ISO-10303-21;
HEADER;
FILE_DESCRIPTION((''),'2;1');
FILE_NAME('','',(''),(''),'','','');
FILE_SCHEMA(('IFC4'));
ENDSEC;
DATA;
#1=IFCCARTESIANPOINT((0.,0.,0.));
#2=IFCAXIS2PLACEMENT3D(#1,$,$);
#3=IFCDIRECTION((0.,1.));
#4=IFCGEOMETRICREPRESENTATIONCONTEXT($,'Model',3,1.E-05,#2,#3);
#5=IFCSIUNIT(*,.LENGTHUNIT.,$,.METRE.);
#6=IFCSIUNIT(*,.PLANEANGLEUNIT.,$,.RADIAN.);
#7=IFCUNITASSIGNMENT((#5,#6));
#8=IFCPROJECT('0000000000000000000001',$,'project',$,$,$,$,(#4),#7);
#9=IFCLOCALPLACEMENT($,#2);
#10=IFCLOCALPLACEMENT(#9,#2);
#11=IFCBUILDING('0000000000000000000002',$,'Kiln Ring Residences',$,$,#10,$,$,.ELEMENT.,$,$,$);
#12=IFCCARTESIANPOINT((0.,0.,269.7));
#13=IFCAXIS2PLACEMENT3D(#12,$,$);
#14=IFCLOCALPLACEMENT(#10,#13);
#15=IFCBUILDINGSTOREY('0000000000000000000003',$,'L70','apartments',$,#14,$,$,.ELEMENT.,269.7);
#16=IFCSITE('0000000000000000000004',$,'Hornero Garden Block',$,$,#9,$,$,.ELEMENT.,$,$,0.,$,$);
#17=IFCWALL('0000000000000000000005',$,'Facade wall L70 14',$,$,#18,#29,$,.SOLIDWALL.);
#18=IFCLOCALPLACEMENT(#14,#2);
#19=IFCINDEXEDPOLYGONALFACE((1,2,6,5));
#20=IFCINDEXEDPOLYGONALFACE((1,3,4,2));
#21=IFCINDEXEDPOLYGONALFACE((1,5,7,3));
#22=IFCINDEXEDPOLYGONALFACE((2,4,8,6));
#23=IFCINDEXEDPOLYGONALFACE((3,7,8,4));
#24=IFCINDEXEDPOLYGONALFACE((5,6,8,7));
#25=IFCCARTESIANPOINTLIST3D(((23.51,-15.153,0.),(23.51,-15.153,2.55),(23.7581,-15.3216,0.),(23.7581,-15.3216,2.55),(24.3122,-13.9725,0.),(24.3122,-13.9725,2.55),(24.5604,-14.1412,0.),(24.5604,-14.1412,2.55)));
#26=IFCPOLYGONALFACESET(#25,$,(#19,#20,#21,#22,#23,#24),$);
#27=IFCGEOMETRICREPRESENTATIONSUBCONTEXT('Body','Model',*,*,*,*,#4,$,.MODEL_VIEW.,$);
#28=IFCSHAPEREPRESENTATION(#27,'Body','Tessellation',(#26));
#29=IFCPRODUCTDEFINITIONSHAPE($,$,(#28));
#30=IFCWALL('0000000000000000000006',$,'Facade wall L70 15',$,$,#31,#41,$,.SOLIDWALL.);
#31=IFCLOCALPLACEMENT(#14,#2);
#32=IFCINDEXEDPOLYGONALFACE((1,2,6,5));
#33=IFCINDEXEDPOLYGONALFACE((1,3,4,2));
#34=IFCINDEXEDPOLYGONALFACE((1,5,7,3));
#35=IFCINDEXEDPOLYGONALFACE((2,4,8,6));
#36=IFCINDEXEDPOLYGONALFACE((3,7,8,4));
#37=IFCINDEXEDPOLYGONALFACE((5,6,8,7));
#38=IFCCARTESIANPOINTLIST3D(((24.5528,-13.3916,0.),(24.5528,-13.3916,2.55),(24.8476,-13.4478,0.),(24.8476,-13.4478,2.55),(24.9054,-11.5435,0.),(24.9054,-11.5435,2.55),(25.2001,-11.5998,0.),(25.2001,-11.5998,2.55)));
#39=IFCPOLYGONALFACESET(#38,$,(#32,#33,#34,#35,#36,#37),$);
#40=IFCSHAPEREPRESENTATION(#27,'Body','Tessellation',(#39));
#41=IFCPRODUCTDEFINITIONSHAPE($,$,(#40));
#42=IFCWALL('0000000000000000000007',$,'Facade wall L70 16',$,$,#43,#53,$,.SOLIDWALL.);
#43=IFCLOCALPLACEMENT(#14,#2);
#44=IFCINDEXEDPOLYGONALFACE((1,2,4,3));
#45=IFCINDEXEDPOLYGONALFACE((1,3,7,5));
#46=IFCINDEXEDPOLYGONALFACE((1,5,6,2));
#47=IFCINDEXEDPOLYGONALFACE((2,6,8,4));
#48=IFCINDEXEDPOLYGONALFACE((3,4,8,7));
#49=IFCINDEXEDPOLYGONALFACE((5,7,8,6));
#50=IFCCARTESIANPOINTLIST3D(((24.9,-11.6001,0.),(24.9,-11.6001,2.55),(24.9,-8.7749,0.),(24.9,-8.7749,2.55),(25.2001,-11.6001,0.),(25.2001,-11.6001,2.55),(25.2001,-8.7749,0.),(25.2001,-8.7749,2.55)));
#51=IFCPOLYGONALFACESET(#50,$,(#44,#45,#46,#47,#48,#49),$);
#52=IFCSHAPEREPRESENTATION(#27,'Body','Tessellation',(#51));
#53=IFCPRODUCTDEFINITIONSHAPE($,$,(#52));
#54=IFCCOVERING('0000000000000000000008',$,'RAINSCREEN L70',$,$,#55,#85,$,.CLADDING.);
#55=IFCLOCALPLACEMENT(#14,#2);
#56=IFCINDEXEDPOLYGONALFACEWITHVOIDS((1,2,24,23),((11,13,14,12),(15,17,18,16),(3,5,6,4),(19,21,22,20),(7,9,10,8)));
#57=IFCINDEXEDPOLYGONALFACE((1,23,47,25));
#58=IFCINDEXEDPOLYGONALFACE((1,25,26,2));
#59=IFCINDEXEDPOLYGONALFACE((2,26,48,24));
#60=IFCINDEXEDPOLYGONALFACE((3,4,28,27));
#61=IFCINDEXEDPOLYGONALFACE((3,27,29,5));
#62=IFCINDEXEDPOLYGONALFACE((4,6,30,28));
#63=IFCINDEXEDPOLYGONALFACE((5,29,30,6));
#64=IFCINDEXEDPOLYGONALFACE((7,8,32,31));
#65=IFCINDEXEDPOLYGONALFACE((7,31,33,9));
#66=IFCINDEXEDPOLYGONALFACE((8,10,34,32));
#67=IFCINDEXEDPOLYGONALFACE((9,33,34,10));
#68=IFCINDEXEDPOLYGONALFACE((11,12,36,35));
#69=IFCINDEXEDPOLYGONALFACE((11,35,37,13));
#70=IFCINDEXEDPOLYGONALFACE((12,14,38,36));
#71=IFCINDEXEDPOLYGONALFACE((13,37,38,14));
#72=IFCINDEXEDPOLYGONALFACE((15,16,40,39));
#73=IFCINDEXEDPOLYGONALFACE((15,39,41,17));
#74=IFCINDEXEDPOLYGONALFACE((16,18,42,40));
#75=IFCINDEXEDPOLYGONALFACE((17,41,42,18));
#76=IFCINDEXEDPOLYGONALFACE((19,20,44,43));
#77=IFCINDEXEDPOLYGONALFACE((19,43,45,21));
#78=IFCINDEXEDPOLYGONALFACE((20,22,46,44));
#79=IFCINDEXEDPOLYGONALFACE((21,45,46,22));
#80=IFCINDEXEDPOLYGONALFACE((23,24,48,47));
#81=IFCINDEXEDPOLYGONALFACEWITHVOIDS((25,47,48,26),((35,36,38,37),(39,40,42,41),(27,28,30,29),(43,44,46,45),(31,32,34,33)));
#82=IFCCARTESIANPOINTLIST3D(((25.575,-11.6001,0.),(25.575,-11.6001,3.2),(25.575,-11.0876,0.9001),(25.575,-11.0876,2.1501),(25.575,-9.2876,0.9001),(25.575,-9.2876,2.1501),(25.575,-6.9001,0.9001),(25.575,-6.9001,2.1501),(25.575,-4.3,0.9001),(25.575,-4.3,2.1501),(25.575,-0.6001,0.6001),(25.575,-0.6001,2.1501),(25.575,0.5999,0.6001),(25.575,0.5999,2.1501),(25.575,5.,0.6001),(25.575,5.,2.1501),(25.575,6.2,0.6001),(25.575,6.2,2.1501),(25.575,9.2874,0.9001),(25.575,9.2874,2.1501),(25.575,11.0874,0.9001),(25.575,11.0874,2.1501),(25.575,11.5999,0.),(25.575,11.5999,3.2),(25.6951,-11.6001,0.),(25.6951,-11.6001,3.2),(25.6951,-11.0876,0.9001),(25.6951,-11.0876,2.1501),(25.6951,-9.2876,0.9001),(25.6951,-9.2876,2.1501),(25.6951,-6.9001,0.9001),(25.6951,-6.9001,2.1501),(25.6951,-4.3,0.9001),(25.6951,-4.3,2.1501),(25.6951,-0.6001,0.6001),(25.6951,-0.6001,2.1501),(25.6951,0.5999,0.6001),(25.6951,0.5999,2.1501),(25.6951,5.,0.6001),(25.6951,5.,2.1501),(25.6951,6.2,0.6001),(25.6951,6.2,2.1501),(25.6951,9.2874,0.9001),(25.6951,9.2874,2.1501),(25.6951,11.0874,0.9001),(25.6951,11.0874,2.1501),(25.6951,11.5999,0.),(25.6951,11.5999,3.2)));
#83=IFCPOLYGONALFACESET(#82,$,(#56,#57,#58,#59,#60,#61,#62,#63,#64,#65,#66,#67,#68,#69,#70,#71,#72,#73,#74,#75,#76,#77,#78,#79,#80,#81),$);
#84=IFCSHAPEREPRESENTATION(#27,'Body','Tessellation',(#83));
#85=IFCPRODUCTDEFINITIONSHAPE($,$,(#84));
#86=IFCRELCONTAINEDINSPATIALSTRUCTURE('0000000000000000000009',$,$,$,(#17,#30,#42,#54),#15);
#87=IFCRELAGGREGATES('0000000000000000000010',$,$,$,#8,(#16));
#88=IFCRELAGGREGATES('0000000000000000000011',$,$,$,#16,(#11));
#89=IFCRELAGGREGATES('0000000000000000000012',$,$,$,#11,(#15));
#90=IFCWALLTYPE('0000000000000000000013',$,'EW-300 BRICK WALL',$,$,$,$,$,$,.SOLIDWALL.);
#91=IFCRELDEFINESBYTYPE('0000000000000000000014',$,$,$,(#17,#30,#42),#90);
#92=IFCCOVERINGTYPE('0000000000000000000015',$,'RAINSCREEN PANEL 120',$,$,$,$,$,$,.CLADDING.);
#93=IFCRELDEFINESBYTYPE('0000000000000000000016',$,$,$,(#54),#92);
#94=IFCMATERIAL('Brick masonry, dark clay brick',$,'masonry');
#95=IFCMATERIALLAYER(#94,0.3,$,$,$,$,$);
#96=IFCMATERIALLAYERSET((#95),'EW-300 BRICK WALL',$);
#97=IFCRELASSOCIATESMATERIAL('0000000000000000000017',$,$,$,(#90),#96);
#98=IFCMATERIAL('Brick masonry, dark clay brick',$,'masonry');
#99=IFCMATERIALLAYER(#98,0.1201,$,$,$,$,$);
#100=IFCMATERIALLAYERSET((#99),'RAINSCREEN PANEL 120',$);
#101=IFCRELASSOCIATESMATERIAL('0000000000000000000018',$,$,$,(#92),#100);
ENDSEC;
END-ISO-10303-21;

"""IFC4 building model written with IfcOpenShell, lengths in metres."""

from ifc_helpers import new_model, si_unit, direction, frame, frame_2d, origin, place, context, subcontext, project, spatial, polyline, rectangle, outline, extrude, material, layer, layer_set, type_object, element, save


model = new_model("IFC4")

# Units and contexts
model_context = context("Model", 3, precision=1e-05, world=origin(), true_north=direction((0.0, 1.0)))
body_context = subcontext(model_context, "Body", "Model", "MODEL_VIEW")
ifc_project = project(units=[si_unit("LENGTHUNIT", "METRE"), si_unit("PLANEANGLEUNIT", "RADIAN")], contexts=[model_context])

# Site, building, storey
site_placement = place(None, origin())
site = spatial("IfcSite", under=ifc_project, at=site_placement, Name="Hornero Garden Block", CompositionType="ELEMENT", RefElevation=0.0)
building_placement = place(site_placement, origin())
building = spatial("IfcBuilding", under=site, at=building_placement, Name="Kiln Ring Residences", CompositionType="ELEMENT")
storey_placement = place(building_placement, frame((0.0, 0.0, 269.7)))
storey = spatial("IfcBuildingStorey", under=building, at=storey_placement, Name="L70", Description="apartments", CompositionType="ELEMENT", Elevation=269.7)

# Walls
ifc_material_1 = material(Name="Brick masonry, dark clay brick", Category="masonry")
ifc_layer_1 = layer(ifc_material_1, 0.3)
ifc_layer_set_1 = layer_set([ifc_layer_1], Name="EW-300 BRICK WALL")
wall_type_1 = type_object("IfcWallType", Name="EW-300 BRICK WALL", PredefinedType="SOLIDWALL", material=ifc_layer_set_1)
wall_1_placement = place(storey_placement, frame((23.634, -15.2373, 0.0), z_axis=(0.0, 0.0, 1.0), x_axis=(0.562099, 0.82707, 0.0)))
element("IfcWall", 1, at=wall_1_placement, inside=storey, type_object=wall_type_1, Name="Facade wall L70 14", PredefinedType="SOLIDWALL", context=body_context, shape_type="SweptSolid", body=[
    extrude(rectangle(XDim=1.4272, YDim=0.3, at=frame_2d((0.7136, 0.0))), origin(), (0.0, 0.0, 1.0), 2.55),
])
wall_2_placement = place(storey_placement, frame((24.7002, -13.4197, 0.0), z_axis=(0.0, 0.0, 1.0), x_axis=(0.187398, 0.982284, 0.0)))
element("IfcWall", 2, at=wall_2_placement, inside=storey, type_object=wall_type_1, Name="Facade wall L70 15", PredefinedType="SOLIDWALL", context=body_context, shape_type="SweptSolid", body=[
    extrude(rectangle(XDim=1.8813, YDim=0.3, at=frame_2d((0.9407, 0.0))), origin(), (0.0, 0.0, 1.0), 2.55),
])
wall_3_placement = place(storey_placement, frame((25.05, -11.6001, 0.0), z_axis=(0.0, 0.0, 1.0), x_axis=(0.0, 1.0, 0.0)))
element("IfcWall", 3, at=wall_3_placement, inside=storey, type_object=wall_type_1, Name="Facade wall L70 16", PredefinedType="SOLIDWALL", context=body_context, shape_type="SweptSolid", body=[
    extrude(rectangle(XDim=2.8252, YDim=0.3, at=frame_2d((1.4126, 0.0))), origin(), (0.0, 0.0, 1.0), 2.55),
])

# Covering
ifc_material_2 = material(Name="Brick masonry, dark clay brick", Category="masonry")
ifc_layer_2 = layer(ifc_material_2, 0.1201)
ifc_layer_set_2 = layer_set([ifc_layer_2], Name="RAINSCREEN PANEL 120")
covering_type = type_object("IfcCoveringType", Name="RAINSCREEN PANEL 120", PredefinedType="CLADDING", material=ifc_layer_set_2)
covering_placement = place(storey_placement, frame((25.635, -11.6001, 0.0), z_axis=(0.0, 0.0, 1.0), x_axis=(0.0, 1.0, 0.0)))
element("IfcCovering", 4, at=covering_placement, inside=storey, type_object=covering_type, Name="RAINSCREEN L70", PredefinedType="CLADDING", context=body_context, shape_type="SweptSolid", body=[
    extrude(outline(polyline([(0.0, 0.0), (23.2, 0.0), (23.2, 3.2), (0.0, 3.2), (0.0, 0.0)]), holes=[polyline([(12.2, 0.6001), (12.2, 2.1501), (11.0, 2.1501), (11.0, 0.6001), (12.2, 0.6001)]), polyline([(17.8, 0.6001), (17.8, 2.1501), (16.6001, 2.1501), (16.6001, 0.6001), (17.8, 0.6001)]), polyline([(2.3125, 0.9001), (2.3125, 2.1501), (0.5125, 2.1501), (0.5125, 0.9001), (2.3125, 0.9001)]), polyline([(4.7, 0.9001), (7.3, 0.9001), (7.3, 2.1501), (4.7, 2.1501), (4.7, 0.9001)]), polyline([(20.8875, 0.9001), (22.6875, 0.9001), (22.6875, 2.1501), (20.8875, 2.1501), (20.8875, 0.9001)])]), frame((0.0, 0.0601, 0.0), z_axis=(0.0, -1.0, 0.0), x_axis=(1.0, 0.0, 0.0)), (0.0, 0.0, 1.0), 0.1201),
])

save(model, "model.ifc")
